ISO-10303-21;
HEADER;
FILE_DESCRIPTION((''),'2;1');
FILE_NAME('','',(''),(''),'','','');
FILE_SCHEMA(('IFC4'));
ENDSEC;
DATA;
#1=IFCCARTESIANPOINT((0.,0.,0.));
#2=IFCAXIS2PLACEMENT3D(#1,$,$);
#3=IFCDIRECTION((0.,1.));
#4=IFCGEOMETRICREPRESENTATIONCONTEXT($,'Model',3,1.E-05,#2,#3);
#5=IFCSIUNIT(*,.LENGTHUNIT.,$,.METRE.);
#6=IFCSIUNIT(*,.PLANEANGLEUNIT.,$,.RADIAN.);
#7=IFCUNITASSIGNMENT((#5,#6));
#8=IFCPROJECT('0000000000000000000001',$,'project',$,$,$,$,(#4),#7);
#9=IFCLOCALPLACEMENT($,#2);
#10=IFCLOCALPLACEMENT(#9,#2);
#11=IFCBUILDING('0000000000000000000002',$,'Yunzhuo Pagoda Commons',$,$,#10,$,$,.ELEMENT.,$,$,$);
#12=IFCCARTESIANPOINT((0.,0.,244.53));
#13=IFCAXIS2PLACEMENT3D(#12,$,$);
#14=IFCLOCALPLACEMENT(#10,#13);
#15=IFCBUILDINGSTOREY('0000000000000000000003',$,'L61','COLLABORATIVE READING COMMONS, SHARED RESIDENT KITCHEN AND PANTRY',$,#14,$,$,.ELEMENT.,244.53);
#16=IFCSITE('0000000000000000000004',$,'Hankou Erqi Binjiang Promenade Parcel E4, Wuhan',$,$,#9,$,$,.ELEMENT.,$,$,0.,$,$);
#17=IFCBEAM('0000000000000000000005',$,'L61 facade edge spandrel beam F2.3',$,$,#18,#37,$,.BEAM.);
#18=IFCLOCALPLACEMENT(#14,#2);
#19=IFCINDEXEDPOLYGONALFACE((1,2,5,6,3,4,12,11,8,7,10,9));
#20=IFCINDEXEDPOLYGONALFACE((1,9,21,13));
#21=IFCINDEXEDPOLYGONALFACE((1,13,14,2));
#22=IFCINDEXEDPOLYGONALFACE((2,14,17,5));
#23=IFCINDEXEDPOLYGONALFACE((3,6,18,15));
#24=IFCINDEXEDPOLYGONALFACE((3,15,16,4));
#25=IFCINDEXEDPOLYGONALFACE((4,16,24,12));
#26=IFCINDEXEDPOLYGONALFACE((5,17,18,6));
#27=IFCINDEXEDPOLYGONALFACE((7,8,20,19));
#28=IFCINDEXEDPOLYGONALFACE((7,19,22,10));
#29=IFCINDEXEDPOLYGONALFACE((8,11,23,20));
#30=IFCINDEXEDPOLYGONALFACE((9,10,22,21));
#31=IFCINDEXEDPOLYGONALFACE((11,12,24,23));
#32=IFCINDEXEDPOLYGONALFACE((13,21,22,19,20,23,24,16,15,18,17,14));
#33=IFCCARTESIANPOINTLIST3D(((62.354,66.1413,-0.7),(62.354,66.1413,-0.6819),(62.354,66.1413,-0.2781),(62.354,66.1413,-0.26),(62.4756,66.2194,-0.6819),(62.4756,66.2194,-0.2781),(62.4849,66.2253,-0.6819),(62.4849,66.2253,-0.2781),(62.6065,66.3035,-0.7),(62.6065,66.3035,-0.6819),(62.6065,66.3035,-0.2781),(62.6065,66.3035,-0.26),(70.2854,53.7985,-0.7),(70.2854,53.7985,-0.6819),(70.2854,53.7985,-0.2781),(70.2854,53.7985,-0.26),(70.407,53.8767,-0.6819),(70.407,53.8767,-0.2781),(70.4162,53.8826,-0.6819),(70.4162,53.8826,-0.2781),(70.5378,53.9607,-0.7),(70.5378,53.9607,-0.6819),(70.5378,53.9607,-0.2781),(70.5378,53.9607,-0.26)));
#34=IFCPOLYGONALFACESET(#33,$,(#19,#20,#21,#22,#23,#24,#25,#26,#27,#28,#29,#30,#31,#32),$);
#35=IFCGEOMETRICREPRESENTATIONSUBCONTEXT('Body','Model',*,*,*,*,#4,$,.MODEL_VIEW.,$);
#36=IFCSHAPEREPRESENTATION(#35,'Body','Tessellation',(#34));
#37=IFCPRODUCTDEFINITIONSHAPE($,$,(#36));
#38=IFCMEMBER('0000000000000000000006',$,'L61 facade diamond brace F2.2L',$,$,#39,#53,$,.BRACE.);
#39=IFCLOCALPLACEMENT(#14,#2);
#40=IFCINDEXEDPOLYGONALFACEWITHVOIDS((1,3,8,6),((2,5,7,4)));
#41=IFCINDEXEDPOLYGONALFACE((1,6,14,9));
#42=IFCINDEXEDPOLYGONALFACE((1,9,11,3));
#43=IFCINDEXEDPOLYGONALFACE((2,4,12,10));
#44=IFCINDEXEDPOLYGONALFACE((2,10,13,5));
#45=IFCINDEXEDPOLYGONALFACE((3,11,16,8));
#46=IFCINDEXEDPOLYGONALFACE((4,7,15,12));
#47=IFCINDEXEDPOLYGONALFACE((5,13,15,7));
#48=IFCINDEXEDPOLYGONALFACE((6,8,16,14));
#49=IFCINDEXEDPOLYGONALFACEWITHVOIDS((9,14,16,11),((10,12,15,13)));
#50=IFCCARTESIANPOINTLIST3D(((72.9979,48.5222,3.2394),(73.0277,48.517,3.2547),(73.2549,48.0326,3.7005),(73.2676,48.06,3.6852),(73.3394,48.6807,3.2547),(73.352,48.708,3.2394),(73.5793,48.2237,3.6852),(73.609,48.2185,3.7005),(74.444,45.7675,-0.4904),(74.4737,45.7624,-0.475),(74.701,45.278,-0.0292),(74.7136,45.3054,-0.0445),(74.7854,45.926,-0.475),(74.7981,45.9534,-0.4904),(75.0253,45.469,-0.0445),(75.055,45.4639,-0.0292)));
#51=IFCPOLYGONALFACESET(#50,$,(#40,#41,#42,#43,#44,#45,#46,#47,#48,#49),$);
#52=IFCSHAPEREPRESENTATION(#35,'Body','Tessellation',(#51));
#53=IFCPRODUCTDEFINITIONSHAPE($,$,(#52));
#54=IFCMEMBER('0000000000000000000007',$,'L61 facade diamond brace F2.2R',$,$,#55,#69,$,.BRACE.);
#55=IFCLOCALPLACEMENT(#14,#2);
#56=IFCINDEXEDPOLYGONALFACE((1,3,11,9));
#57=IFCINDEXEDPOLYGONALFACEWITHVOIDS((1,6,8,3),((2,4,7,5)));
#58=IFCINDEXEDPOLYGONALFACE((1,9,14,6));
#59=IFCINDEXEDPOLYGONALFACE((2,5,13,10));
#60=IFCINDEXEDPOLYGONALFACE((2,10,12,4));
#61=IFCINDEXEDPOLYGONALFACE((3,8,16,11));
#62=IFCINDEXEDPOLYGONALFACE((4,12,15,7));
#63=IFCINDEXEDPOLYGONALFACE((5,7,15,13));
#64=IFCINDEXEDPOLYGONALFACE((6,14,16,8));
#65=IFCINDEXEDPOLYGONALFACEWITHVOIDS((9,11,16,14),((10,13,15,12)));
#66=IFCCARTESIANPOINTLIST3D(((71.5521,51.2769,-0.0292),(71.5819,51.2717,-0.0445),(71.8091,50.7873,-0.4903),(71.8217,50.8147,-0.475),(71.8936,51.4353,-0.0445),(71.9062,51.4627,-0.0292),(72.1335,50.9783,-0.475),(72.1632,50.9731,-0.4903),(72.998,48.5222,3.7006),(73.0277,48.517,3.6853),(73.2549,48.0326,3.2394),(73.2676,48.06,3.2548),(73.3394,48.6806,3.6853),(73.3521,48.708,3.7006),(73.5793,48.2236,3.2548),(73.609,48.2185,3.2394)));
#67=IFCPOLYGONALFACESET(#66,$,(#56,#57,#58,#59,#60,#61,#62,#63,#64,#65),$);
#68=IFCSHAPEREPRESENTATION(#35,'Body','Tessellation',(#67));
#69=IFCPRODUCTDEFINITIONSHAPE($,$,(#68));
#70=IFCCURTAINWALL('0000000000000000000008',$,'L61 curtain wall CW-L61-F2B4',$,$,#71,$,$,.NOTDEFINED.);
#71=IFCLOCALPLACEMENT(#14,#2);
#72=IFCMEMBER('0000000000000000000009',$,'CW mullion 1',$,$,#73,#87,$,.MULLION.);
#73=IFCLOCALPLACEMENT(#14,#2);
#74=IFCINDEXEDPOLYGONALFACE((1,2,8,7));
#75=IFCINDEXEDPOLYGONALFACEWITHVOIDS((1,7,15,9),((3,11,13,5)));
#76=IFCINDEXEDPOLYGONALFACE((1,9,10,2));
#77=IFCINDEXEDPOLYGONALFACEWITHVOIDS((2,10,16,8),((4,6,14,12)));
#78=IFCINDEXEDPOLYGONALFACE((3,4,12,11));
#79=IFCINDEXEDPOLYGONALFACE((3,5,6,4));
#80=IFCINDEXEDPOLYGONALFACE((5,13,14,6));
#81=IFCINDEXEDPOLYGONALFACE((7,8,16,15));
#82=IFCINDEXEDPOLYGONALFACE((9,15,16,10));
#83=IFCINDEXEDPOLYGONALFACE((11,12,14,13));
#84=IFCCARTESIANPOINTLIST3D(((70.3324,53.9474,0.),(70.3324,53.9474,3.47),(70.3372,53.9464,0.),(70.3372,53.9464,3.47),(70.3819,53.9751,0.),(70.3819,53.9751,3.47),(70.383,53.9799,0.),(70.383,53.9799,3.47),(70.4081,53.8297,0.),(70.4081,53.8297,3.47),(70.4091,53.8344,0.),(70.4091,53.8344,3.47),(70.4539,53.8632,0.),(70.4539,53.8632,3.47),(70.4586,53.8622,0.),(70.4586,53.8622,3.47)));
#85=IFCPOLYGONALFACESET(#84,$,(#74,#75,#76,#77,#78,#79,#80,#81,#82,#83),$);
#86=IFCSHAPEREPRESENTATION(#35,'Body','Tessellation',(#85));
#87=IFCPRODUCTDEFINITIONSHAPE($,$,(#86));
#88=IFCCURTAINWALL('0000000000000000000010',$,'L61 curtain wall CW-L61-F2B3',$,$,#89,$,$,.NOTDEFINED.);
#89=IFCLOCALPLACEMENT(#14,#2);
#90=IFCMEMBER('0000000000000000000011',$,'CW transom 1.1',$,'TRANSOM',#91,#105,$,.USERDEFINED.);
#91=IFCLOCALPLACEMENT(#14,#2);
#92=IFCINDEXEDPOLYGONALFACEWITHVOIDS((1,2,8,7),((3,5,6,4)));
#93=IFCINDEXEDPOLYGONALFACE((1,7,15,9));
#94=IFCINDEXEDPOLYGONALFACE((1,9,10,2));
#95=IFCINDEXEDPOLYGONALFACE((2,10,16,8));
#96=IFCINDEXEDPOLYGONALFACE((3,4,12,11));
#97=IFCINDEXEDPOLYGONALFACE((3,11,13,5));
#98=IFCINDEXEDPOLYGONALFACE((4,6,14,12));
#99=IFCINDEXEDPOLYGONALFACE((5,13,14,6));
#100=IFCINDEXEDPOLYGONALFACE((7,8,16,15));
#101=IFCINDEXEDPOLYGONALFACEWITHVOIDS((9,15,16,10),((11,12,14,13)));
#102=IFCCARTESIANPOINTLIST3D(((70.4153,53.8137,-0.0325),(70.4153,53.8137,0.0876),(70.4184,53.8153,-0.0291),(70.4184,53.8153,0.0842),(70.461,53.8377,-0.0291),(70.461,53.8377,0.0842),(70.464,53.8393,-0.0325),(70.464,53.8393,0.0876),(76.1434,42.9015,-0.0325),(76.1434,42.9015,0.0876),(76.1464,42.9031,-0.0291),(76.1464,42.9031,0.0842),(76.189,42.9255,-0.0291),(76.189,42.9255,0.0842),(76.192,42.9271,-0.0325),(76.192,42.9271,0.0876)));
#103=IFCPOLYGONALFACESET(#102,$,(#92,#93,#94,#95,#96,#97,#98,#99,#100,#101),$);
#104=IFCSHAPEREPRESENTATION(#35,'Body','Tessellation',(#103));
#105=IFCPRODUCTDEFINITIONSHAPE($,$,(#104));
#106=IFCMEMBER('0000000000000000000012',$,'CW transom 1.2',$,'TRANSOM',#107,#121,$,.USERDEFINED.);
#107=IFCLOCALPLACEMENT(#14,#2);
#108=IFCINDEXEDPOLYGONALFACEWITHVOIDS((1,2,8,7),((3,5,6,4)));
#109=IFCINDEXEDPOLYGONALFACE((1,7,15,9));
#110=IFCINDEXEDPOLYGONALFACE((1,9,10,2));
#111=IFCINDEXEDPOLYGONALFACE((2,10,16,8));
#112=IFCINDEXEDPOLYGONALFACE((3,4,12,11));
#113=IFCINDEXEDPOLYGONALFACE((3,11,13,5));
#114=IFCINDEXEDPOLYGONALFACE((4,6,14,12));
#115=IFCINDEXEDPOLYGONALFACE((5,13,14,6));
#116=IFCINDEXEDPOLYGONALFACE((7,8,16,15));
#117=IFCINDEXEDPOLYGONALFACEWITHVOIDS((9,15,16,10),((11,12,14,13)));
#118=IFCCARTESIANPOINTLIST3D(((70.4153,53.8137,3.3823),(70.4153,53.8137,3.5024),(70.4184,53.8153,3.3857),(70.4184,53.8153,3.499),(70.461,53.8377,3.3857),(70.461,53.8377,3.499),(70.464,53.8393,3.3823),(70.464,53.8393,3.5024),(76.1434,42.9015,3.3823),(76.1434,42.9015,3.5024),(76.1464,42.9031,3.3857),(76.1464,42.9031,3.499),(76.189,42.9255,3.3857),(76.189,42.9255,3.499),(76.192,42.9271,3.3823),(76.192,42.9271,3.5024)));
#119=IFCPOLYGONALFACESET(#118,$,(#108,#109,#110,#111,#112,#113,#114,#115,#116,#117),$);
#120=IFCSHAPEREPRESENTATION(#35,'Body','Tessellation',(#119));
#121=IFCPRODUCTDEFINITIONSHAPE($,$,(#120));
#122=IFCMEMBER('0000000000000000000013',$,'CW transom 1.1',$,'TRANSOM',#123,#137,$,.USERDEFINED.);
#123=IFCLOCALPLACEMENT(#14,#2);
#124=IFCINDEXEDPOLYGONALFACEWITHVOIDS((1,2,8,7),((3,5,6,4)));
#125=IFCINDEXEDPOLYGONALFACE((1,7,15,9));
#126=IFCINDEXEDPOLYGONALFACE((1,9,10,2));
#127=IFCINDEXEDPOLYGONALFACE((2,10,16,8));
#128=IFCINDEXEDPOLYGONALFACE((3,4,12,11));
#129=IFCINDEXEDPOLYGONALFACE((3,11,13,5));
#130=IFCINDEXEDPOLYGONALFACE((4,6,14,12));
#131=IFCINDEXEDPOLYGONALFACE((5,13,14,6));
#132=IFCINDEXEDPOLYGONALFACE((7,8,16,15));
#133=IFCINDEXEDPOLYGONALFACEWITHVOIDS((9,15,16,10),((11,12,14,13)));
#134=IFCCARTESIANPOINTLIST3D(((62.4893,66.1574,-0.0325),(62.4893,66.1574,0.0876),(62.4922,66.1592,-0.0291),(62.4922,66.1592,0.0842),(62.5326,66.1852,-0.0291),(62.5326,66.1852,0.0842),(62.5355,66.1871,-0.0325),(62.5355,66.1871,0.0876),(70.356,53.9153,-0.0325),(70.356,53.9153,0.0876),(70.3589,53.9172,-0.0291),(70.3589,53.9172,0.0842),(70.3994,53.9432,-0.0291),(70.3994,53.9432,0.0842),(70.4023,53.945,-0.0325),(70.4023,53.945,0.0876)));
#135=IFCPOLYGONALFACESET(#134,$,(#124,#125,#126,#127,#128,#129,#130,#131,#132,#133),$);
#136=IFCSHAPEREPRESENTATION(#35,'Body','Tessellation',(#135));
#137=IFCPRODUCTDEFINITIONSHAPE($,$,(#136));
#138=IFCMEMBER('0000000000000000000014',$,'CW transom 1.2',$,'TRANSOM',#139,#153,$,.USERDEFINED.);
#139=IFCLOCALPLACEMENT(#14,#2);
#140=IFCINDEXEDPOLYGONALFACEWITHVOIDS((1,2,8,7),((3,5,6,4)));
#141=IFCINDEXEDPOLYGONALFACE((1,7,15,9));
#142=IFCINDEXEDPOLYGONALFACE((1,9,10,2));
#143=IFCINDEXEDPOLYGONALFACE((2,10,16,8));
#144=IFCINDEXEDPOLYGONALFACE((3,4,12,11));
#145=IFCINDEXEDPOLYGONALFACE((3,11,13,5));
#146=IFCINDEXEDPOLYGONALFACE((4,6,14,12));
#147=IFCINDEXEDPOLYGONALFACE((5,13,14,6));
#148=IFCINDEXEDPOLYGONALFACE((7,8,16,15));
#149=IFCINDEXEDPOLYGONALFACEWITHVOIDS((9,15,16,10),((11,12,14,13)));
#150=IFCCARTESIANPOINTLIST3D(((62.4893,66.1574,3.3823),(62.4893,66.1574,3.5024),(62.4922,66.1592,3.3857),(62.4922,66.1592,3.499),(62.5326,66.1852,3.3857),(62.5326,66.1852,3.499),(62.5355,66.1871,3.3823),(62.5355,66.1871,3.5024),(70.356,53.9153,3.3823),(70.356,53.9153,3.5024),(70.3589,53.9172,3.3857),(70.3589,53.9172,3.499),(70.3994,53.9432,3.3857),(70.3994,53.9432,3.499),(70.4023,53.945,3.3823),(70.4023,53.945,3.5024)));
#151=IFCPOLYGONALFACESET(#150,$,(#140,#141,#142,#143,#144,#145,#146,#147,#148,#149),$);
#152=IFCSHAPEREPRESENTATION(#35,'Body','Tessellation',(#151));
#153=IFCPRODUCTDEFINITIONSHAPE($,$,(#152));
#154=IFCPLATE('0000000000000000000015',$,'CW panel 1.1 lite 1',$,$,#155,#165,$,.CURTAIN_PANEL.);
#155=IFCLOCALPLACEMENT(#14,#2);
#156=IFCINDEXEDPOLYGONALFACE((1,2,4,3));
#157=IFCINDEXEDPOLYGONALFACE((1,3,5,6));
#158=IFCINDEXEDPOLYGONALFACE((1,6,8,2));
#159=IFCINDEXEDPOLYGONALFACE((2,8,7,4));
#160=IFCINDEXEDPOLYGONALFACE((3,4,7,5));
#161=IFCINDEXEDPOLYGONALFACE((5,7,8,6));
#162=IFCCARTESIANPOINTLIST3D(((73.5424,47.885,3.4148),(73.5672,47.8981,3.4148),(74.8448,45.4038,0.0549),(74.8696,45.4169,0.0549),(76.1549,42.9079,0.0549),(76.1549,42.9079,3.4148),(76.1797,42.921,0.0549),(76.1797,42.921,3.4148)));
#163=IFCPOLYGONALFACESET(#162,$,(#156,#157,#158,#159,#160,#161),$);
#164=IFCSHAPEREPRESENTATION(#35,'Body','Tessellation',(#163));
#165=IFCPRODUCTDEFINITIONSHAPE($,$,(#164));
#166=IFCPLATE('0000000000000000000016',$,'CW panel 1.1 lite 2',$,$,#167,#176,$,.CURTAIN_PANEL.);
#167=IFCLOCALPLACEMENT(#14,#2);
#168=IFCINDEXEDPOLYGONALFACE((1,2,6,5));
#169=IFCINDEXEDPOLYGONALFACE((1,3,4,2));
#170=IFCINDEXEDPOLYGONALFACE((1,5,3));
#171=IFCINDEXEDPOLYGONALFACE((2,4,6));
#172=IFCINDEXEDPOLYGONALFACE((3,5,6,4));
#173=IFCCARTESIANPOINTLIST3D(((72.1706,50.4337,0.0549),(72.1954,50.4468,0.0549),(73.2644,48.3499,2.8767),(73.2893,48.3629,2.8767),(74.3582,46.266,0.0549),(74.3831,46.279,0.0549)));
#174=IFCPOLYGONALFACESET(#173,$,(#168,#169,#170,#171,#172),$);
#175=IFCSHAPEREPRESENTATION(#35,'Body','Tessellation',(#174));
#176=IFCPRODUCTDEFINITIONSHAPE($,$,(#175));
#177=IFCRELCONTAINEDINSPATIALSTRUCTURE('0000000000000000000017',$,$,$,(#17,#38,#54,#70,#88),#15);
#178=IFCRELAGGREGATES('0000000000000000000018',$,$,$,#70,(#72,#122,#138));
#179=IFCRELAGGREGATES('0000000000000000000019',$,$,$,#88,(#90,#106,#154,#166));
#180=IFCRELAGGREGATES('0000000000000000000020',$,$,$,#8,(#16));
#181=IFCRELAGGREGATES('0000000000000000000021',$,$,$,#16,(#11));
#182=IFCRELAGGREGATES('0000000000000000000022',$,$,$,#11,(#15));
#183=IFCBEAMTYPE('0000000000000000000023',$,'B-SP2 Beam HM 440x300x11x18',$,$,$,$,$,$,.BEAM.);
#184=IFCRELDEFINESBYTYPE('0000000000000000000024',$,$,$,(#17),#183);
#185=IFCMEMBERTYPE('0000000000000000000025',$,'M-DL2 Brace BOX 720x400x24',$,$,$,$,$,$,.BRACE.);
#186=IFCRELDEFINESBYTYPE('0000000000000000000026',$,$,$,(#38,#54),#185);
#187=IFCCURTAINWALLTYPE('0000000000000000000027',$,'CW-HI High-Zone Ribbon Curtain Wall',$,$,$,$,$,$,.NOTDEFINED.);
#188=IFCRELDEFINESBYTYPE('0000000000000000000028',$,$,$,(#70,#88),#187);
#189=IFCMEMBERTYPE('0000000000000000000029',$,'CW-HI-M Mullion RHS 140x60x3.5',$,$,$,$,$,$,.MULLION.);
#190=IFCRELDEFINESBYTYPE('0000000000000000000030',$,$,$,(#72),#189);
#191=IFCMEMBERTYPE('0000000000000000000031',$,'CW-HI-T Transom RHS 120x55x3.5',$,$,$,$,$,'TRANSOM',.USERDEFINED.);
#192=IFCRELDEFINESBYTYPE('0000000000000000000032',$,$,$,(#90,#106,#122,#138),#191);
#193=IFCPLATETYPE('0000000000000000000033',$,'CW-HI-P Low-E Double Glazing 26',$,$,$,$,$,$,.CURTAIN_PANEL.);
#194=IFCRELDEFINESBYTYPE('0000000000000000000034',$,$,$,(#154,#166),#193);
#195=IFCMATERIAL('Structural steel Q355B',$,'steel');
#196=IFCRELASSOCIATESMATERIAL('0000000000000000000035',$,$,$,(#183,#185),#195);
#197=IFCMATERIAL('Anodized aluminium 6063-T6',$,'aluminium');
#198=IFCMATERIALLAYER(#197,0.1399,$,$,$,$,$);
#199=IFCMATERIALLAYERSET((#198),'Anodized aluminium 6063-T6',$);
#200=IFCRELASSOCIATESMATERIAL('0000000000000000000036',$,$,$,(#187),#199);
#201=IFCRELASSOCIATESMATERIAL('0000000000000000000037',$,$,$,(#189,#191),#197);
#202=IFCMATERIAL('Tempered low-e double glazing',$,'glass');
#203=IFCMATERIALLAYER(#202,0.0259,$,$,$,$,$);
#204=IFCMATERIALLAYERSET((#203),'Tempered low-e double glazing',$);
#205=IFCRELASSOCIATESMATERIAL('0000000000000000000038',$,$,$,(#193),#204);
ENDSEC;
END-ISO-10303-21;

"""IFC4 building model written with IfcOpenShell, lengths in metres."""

from ifc_helpers import new_model, si_unit, direction, frame, origin, origin_2d, place, context, subcontext, project, spatial, polyline, hollow_rectangle, i_section, outline, extrude, source, transform, mapped, material, layer, layer_set, material_profile, profile_set, type_object, element, aggregate, save


model = new_model("IFC4")

# Units and contexts
model_context = context("Model", 3, precision=1e-05, world=origin(), true_north=direction((0.0, 1.0)))
body_context = subcontext(model_context, "Body", "Model", "MODEL_VIEW")
ifc_project = project(units=[si_unit("LENGTHUNIT", "METRE"), si_unit("PLANEANGLEUNIT", "RADIAN")], contexts=[model_context])

# Site, building, storey
site_placement = place(None, origin())
site = spatial("IfcSite", under=ifc_project, at=site_placement, Name="Hankou Erqi Binjiang Promenade Parcel E4, Wuhan", CompositionType="ELEMENT", RefElevation=0.0)
building_placement = place(site_placement, origin())
building = spatial("IfcBuilding", under=site, at=building_placement, Name="Yunzhuo Pagoda Commons", CompositionType="ELEMENT")
storey_placement = place(building_placement, frame((0.0, 0.0, 244.53)))
storey = spatial("IfcBuildingStorey", under=building, at=storey_placement, Name="L61", Description="COLLABORATIVE READING COMMONS, SHARED RESIDENT KITCHEN AND PANTRY", CompositionType="ELEMENT", Elevation=244.53)

# Shared definitions
ifc_material_1 = material(Name="Structural steel Q355B", Category="steel")

# Beam
ifc_material_profile_1 = material_profile(ifc_material_1, i_section(OverallWidth=0.3, OverallDepth=0.4399, WebThickness=0.011, FlangeThickness=0.0181, at=origin_2d()), Name="Structural steel Q355B")
ifc_profile_set_1 = profile_set([ifc_material_profile_1], Name="Structural steel Q355B")
beam_type_1 = type_object("IfcBeamType", Name="B-SP2 Beam HM 440x300x11x18", PredefinedType="BEAM", material=ifc_profile_set_1)
shared_shape_1 = source(origin(), body_context, "Body", "SweptSolid", [
    extrude(i_section(OverallWidth=0.3, OverallDepth=0.4399, WebThickness=0.011, FlangeThickness=0.0181, at=origin_2d()), origin(), (0.0, 0.0, 1.0), 14.6714),
])
beam_1_placement = place(storey_placement, frame((70.4116, 53.8796, -0.48), z_axis=(-0.540601, 0.841279, 0.0), x_axis=(-0.841279, -0.540601, 0.0)))
element("IfcBeam", 1, at=beam_1_placement, inside=storey, type_object=beam_type_1, Name="L61 facade edge spandrel beam F2.3", PredefinedType="BEAM", context=body_context, shape_type="MappedRepresentation", body=[
    mapped(shared_shape_1, transform((0.0, 0.0, 0.0), scale=1.0)),
])

# Members
ifc_material_profile_2 = material_profile(ifc_material_1, hollow_rectangle(XDim=0.3999, YDim=0.72, WallThickness=0.0239, at=origin_2d()), Name="Structural steel Q355B")
ifc_profile_set_2 = profile_set([ifc_material_profile_2], Name="Structural steel Q355B")
member_type_1 = type_object("IfcMemberType", Name="M-DL2 Brace BOX 720x400x24", PredefinedType="BRACE", material=ifc_profile_set_2)
shared_shape_2 = source(origin(), body_context, "Body", "SweptSolid", [
    extrude(hollow_rectangle(XDim=0.3999, YDim=0.72, WallThickness=0.0239, at=origin_2d()), origin(), (0.0, 0.0, 1.0), 4.8569),
])
for number, where, z_axis, x_axis, name in (
    (2, (74.7495, 45.6157, -0.2598), (-0.297727, 0.567153, 0.767917), (-0.885416, -0.464799, 0.0), "L61 facade diamond brace F2.2L"),
    (3, (71.8577, 51.125, -0.2598), (0.297681, -0.567162, 0.767928), (0.885449, 0.464737, 0.0), "L61 facade diamond brace F2.2R"),
):
    element("IfcMember", number, at=place(storey_placement, frame(where, z_axis=z_axis, x_axis=x_axis)), inside=storey, type_object=member_type_1, Name=name, PredefinedType="BRACE", context=body_context, shape_type="MappedRepresentation", body=[
        mapped(shared_shape_2, transform((0.0, 0.0, 0.0), scale=1.0)),
    ])

# Curtain wall, member
ifc_material_2 = material(Name="Anodized aluminium 6063-T6", Category="aluminium")
ifc_layer_1 = layer(ifc_material_2, 0.1399)
ifc_layer_set_1 = layer_set([ifc_layer_1], Name="Anodized aluminium 6063-T6")
curtain_wall_type = type_object("IfcCurtainWallType", Name="CW-HI High-Zone Ribbon Curtain Wall", PredefinedType="NOTDEFINED", material=ifc_layer_set_1)
curtain_wall_1_placement = place(storey_placement, origin())
curtain_wall_1 = element("IfcCurtainWall", 4, at=curtain_wall_1_placement, inside=storey, type_object=curtain_wall_type, Name="L61 curtain wall CW-L61-F2B4", PredefinedType="NOTDEFINED")
ifc_material_profile_3 = material_profile(ifc_material_2, hollow_rectangle(XDim=0.0601, YDim=0.1399, WallThickness=0.0034, at=origin_2d()), Name="Anodized aluminium 6063-T6")
ifc_profile_set_3 = profile_set([ifc_material_profile_3], Name="Anodized aluminium 6063-T6")
member_type_2 = type_object("IfcMemberType", Name="CW-HI-M Mullion RHS 140x60x3.5", PredefinedType="MULLION", material=ifc_profile_set_3)
shared_shape_3 = source(origin(), body_context, "Body", "SweptSolid", [
    extrude(hollow_rectangle(XDim=0.0601, YDim=0.1399, WallThickness=0.0034, at=origin_2d()), origin(), (0.0, 0.0, 1.0), 3.47),
])
member_1_placement = place(storey_placement, frame((70.3955, 53.9048, 0.0), z_axis=(0.0, 0.0, 1.0), x_axis=(-0.841269, -0.540617, 0.0)))
member_1 = element("IfcMember", 5, at=member_1_placement, type_object=member_type_2, Name="CW mullion 1", PredefinedType="MULLION", context=body_context, shape_type="MappedRepresentation", body=[
    mapped(shared_shape_3, transform((0.0, 0.0, 0.0), scale=1.0)),
])

# Curtain wall, members
curtain_wall_2_placement = place(storey_placement, origin())
curtain_wall_2 = element("IfcCurtainWall", 6, at=curtain_wall_2_placement, inside=storey, type_object=curtain_wall_type, Name="L61 curtain wall CW-L61-F2B3", PredefinedType="NOTDEFINED")
ifc_material_profile_4 = material_profile(ifc_material_2, hollow_rectangle(XDim=0.0549, YDim=0.1201, WallThickness=0.0034, at=origin_2d()), Name="Anodized aluminium 6063-T6")
ifc_profile_set_4 = profile_set([ifc_material_profile_4], Name="Anodized aluminium 6063-T6")
member_type_3 = type_object("IfcMemberType", Name="CW-HI-T Transom RHS 120x55x3.5", ElementType="TRANSOM", PredefinedType="USERDEFINED", material=ifc_profile_set_4)
shared_shape_4 = source(origin(), body_context, "Body", "SweptSolid", [
    extrude(hollow_rectangle(XDim=0.0549, YDim=0.1201, WallThickness=0.0034, at=origin_2d()), origin(), (0.0, 0.0, 1.0), 12.3242),
])
member_2_placement = place(storey_placement, frame((76.1677, 42.9143, 0.0276), z_axis=(-0.464781, 0.885426, 0.0), x_axis=(-0.885426, -0.464781, 0.0)))
member_2 = element("IfcMember", 7, at=member_2_placement, type_object=member_type_3, Name="CW transom 1.1", ObjectType="TRANSOM", PredefinedType="USERDEFINED", context=body_context, shape_type="MappedRepresentation", body=[
    mapped(shared_shape_4, transform((0.0, 0.0, 0.0), scale=1.0)),
])
member_3_placement = place(storey_placement, frame((76.1677, 42.9143, 3.4424), z_axis=(-0.464781, 0.885426, 0.0), x_axis=(-0.885426, -0.464781, 0.0)))
member_3 = element("IfcMember", 8, at=member_3_placement, type_object=member_type_3, Name="CW transom 1.2", ObjectType="TRANSOM", PredefinedType="USERDEFINED", context=body_context, shape_type="MappedRepresentation", body=[
    mapped(shared_shape_4, transform((0.0, 0.0, 0.0), scale=1.0)),
])

# Members
shared_shape_5 = source(origin(), body_context, "Body", "SweptSolid", [
    extrude(hollow_rectangle(XDim=0.0549, YDim=0.1201, WallThickness=0.0034, at=origin_2d()), origin(), (0.0, 0.0, 1.0), 14.5518),
])
member_4_placement = place(storey_placement, frame((70.3792, 53.9302, 0.0276), z_axis=(-0.540606, 0.841276, 0.0), x_axis=(-0.841276, -0.540606, 0.0)))
member_4 = element("IfcMember", 9, at=member_4_placement, type_object=member_type_3, Name="CW transom 1.1", ObjectType="TRANSOM", PredefinedType="USERDEFINED", context=body_context, shape_type="MappedRepresentation", body=[
    mapped(shared_shape_5, transform((0.0, 0.0, 0.0), scale=1.0)),
])
member_5_placement = place(storey_placement, frame((70.3792, 53.9302, 3.4424), z_axis=(-0.540606, 0.841276, 0.0), x_axis=(-0.841276, -0.540606, 0.0)))
member_5 = element("IfcMember", 10, at=member_5_placement, type_object=member_type_3, Name="CW transom 1.2", ObjectType="TRANSOM", PredefinedType="USERDEFINED", context=body_context, shape_type="MappedRepresentation", body=[
    mapped(shared_shape_5, transform((0.0, 0.0, 0.0), scale=1.0)),
])
aggregate(curtain_wall_1, [member_1, member_4, member_5])

# Plates
ifc_material_3 = material(Name="Tempered low-e double glazing", Category="glass")
ifc_layer_2 = layer(ifc_material_3, 0.0259)
ifc_layer_set_2 = layer_set([ifc_layer_2], Name="Tempered low-e double glazing")
plate_type_1 = type_object("IfcPlateType", Name="CW-HI-P Low-E Double Glazing 26", PredefinedType="CURTAIN_PANEL", material=ifc_layer_set_2)
plate_1_placement = place(storey_placement, frame((74.8486, 45.3965, 1.7349), z_axis=(0.885433, 0.464767, 0.0), x_axis=(-0.464767, 0.885433, 0.0)))
plate_1 = element("IfcPlate", 11, at=plate_1_placement, type_object=plate_type_1, Name="CW panel 1.1 lite 1", PredefinedType="CURTAIN_PANEL", context=body_context, shape_type="SweptSolid", body=[
    extrude(outline(polyline([(-2.8105, -1.6799), (0.0083, -1.6799), (2.8105, 1.6799), (-2.8105, 1.6799), (-2.8105, -1.6799)])), origin(), (0.0, 0.0, 1.0), 0.0281),
])
plate_2_placement = place(storey_placement, frame((73.2644, 48.3499, 1.4658), z_axis=(0.885433, 0.464767, 0.0), x_axis=(-0.464767, 0.885433, 0.0)))
plate_2 = element("IfcPlate", 12, at=plate_2_placement, type_object=plate_type_1, Name="CW panel 1.1 lite 2", PredefinedType="CURTAIN_PANEL", context=body_context, shape_type="SweptSolid", body=[
    extrude(outline(polyline([(-2.3535, -1.4109), (2.3535, -1.4109), (0.0, 1.4109), (-2.3535, -1.4109)])), origin(), (0.0, 0.0, 1.0), 0.0281),
])
aggregate(curtain_wall_2, [member_2, member_3, plate_1, plate_2])

save(model, "model.ifc")
